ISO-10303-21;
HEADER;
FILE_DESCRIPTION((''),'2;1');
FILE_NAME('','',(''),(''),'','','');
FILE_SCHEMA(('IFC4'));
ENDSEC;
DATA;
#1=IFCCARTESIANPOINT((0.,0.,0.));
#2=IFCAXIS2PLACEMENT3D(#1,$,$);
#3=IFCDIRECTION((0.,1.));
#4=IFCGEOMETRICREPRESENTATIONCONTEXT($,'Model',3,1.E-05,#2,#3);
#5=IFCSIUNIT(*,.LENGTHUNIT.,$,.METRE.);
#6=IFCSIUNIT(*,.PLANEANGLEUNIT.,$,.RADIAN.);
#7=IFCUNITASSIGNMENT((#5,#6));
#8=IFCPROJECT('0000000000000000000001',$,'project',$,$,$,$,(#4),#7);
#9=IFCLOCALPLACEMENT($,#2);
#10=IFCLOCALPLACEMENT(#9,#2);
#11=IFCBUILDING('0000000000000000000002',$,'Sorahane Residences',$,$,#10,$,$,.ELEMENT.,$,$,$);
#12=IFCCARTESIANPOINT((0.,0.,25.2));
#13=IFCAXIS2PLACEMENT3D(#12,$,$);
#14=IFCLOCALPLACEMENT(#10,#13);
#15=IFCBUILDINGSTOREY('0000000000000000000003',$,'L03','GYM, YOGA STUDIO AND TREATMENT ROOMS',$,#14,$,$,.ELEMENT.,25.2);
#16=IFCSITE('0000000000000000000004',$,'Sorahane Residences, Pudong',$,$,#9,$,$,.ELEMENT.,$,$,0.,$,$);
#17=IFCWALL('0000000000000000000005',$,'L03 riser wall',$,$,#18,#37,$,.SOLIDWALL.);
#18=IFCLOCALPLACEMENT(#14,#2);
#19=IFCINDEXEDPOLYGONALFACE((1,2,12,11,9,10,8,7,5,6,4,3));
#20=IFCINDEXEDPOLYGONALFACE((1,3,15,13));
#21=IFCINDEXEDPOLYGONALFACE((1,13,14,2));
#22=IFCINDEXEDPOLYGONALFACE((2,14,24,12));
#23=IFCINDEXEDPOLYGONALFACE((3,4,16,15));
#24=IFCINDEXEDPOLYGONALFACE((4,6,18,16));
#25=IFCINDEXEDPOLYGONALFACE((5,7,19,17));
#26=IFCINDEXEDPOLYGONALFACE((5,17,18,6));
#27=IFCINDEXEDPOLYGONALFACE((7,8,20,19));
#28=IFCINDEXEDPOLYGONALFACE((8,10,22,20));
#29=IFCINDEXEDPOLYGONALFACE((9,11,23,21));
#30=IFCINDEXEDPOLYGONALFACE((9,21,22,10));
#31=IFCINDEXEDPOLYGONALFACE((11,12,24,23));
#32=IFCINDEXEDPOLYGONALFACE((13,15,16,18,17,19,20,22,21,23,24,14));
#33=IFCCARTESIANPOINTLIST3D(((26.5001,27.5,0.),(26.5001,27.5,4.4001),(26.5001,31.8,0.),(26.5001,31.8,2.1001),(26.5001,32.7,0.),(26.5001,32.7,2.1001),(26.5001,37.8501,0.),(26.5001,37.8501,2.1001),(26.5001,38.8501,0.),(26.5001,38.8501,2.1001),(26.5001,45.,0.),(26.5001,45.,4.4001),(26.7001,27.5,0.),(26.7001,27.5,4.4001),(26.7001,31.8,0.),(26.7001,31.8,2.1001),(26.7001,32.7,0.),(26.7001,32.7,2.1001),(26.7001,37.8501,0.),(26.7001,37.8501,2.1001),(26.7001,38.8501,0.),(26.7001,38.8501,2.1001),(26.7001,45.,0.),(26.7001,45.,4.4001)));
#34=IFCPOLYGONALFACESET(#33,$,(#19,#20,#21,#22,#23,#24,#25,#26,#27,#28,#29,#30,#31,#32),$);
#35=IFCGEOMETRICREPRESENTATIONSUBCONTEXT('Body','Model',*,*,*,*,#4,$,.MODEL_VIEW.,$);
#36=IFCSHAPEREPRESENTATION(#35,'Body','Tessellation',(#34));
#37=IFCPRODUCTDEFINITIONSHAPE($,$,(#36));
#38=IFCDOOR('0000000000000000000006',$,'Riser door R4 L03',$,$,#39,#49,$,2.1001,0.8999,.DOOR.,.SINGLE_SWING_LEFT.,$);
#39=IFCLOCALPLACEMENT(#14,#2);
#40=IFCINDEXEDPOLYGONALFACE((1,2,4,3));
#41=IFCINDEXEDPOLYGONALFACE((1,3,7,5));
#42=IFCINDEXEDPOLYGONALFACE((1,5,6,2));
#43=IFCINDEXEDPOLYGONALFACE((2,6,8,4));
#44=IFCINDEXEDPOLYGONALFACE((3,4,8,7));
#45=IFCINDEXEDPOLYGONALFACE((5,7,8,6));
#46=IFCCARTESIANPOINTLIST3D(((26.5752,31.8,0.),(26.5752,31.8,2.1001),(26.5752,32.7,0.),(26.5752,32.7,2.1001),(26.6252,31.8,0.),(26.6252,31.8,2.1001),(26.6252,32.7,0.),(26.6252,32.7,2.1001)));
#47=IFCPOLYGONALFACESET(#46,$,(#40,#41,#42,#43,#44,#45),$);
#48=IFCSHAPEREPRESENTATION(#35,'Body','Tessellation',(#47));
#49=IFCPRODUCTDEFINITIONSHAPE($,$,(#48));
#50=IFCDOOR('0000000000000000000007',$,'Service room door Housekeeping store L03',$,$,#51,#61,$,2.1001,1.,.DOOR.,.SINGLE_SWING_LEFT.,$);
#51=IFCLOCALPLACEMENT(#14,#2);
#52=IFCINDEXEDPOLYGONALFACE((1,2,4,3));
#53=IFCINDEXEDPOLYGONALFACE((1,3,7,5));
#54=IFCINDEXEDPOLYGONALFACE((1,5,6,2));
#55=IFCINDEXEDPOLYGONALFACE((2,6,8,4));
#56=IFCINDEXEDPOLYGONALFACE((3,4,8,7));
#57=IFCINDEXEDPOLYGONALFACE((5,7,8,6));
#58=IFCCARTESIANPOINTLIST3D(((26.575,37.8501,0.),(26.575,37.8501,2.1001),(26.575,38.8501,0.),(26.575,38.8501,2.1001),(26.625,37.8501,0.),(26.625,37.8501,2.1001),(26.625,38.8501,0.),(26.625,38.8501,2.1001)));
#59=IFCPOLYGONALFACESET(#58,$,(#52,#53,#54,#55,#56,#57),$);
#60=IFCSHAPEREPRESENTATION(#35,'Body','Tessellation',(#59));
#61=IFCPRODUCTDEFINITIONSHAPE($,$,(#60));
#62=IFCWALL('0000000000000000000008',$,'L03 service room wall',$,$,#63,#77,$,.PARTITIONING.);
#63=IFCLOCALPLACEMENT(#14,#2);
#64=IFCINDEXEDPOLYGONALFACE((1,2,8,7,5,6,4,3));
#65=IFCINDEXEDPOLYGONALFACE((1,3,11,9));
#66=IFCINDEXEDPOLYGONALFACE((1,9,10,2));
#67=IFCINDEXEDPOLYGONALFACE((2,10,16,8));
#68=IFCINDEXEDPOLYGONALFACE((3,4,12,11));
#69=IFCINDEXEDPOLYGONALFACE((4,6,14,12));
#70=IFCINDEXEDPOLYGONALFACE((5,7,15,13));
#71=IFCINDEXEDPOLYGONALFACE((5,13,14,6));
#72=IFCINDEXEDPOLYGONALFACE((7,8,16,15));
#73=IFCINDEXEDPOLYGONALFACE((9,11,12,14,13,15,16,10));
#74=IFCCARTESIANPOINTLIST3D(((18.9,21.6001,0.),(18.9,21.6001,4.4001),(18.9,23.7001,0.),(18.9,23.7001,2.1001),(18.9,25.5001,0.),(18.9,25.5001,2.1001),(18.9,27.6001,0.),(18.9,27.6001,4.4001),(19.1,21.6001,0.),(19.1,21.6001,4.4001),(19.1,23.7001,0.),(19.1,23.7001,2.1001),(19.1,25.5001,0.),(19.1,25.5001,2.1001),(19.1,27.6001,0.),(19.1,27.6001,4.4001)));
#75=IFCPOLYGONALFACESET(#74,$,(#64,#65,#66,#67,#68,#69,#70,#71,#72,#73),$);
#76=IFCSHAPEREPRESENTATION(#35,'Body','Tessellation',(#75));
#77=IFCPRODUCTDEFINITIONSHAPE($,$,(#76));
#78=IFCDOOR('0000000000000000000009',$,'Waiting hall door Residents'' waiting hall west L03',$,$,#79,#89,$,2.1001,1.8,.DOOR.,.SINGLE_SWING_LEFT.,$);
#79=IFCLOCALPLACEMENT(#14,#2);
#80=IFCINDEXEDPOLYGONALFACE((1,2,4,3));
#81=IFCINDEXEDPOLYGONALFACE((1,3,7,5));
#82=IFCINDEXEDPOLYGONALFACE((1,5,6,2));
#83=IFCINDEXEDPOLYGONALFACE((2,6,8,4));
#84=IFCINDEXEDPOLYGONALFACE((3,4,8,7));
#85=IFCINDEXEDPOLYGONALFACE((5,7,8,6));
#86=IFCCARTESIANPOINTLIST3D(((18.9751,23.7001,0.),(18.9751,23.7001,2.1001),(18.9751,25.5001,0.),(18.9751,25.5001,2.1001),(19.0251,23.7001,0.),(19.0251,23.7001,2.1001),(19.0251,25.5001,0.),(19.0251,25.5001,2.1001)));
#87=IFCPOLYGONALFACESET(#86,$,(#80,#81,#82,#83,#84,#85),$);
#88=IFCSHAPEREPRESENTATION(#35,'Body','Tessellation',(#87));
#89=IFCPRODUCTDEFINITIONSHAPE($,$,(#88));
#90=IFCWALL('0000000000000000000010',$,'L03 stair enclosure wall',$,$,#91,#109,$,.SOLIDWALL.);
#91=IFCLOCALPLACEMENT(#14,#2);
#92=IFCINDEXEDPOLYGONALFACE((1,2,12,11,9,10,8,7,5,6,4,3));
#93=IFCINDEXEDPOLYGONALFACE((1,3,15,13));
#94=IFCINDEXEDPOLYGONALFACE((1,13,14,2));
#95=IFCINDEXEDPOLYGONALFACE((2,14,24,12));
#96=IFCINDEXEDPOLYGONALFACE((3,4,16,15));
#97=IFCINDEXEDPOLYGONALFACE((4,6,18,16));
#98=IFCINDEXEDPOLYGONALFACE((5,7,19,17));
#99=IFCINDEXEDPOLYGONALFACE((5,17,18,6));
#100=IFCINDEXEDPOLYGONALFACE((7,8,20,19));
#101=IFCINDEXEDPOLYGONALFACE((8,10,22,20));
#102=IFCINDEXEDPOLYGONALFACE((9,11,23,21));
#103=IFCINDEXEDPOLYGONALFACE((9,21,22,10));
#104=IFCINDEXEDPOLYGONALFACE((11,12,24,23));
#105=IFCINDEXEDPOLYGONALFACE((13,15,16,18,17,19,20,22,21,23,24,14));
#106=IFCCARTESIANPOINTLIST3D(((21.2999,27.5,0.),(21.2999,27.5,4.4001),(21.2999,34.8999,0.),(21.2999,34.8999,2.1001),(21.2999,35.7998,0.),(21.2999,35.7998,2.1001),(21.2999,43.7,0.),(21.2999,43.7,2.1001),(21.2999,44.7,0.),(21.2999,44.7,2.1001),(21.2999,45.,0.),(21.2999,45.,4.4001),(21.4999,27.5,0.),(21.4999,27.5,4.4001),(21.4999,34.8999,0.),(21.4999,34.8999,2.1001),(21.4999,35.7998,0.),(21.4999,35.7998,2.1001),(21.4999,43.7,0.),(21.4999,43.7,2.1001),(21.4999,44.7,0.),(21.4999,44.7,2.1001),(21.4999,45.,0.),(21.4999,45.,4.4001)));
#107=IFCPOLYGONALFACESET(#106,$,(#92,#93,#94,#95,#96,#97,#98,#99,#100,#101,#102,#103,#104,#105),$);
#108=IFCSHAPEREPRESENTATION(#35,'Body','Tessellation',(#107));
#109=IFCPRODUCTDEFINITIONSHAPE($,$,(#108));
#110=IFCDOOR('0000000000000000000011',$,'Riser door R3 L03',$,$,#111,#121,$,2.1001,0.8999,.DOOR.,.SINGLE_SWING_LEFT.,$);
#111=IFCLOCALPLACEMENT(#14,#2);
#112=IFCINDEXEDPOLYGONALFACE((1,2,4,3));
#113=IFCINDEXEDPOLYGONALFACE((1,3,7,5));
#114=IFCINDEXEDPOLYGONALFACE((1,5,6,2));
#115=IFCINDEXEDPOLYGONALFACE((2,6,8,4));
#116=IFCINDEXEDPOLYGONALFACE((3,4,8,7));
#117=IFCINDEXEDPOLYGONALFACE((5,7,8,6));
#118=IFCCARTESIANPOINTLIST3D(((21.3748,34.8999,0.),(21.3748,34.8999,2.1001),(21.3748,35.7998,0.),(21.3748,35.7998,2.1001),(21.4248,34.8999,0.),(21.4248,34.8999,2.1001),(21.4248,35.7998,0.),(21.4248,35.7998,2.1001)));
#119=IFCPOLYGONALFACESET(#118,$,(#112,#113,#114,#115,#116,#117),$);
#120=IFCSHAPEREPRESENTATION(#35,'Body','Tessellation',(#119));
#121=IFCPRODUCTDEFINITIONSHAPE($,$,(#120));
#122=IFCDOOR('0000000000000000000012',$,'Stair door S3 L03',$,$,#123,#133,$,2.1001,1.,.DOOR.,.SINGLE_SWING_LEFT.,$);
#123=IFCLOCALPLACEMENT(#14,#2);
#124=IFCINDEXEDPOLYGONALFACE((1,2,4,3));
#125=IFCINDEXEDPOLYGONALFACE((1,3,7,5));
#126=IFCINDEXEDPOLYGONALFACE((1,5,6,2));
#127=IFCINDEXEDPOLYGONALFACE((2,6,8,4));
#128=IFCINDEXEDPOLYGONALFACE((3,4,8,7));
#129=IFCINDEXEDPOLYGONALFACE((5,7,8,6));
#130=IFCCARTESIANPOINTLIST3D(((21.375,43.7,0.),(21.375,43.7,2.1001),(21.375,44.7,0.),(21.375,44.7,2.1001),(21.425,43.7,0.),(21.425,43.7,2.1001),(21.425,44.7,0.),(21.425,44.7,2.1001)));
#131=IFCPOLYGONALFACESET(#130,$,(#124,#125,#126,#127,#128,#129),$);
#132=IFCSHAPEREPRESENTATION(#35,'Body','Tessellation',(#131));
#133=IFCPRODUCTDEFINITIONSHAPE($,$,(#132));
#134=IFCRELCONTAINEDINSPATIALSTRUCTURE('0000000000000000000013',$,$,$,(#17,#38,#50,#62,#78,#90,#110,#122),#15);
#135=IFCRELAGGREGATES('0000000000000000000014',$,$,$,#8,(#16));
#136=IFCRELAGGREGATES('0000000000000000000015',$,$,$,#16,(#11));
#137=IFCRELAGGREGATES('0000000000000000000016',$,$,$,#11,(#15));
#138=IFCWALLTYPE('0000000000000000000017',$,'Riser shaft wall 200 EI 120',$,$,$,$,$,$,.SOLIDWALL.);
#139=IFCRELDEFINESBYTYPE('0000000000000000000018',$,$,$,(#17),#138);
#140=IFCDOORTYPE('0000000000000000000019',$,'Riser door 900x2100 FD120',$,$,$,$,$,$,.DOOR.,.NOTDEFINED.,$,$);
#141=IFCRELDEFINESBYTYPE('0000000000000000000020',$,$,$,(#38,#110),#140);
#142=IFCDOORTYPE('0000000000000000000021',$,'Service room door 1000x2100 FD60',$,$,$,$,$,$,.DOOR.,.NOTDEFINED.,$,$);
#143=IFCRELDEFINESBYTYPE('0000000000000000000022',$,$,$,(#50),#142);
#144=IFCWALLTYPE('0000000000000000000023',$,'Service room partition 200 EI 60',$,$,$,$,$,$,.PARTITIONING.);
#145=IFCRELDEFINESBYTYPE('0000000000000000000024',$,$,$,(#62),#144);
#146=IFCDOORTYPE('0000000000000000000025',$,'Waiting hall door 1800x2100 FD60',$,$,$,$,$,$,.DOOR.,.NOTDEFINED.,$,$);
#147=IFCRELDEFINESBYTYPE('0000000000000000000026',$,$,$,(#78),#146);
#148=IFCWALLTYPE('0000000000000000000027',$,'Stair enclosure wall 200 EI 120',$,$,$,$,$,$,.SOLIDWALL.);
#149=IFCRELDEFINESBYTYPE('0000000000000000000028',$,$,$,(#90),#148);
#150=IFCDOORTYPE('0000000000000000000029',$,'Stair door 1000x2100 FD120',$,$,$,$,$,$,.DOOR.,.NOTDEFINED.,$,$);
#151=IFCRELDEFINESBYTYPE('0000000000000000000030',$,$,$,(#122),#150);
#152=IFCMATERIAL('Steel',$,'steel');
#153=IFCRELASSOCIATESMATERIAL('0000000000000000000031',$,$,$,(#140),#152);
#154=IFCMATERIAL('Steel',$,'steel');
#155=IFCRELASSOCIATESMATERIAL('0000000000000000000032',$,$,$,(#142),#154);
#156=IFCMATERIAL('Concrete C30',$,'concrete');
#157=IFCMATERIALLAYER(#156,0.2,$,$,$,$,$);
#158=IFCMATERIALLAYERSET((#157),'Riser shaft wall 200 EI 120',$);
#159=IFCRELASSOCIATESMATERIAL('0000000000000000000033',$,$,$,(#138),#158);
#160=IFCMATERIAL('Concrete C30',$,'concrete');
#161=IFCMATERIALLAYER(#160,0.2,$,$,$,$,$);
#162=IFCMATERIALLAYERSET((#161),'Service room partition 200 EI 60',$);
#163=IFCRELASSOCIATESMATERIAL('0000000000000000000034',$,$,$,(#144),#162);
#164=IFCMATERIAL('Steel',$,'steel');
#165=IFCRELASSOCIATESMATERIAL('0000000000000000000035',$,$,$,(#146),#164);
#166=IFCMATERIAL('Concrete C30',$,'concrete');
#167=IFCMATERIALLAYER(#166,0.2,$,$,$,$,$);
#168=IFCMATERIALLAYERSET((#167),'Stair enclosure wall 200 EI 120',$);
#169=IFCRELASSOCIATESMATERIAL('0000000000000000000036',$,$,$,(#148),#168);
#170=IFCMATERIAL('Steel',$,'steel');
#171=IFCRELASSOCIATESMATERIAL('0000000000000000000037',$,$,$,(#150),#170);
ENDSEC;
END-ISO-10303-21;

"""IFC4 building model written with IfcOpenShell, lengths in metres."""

from ifc_helpers import new_model, si_unit, direction, frame, frame_2d, origin, place, context, subcontext, project, spatial, rectangle, extrude, material, layer, layer_set, type_object, element, fill, save


model = new_model("IFC4")

# Units and contexts
model_context = context("Model", 3, precision=1e-05, world=origin(), true_north=direction((0.0, 1.0)))
body_context = subcontext(model_context, "Body", "Model", "MODEL_VIEW")
ifc_project = project(units=[si_unit("LENGTHUNIT", "METRE"), si_unit("PLANEANGLEUNIT", "RADIAN")], contexts=[model_context])

# Site, building, storey
site_placement = place(None, origin())
site = spatial("IfcSite", under=ifc_project, at=site_placement, Name="Sorahane Residences, Pudong", CompositionType="ELEMENT", RefElevation=0.0)
building_placement = place(site_placement, origin())
building = spatial("IfcBuilding", under=site, at=building_placement, Name="Sorahane Residences", CompositionType="ELEMENT")
storey_placement = place(building_placement, frame((0.0, 0.0, 25.2)))
storey = spatial("IfcBuildingStorey", under=building, at=storey_placement, Name="L03", Description="GYM, YOGA STUDIO AND TREATMENT ROOMS", CompositionType="ELEMENT", Elevation=25.2)

# Wall, openings, doors
ifc_material_1 = material(Name="Steel", Category="steel")
door_type_1 = type_object("IfcDoorType", Name="Riser door 900x2100 FD120", OperationType="NOTDEFINED", PredefinedType="DOOR", material=ifc_material_1)
ifc_material_2 = material(Name="Steel", Category="steel")
door_type_2 = type_object("IfcDoorType", Name="Service room door 1000x2100 FD60", OperationType="NOTDEFINED", PredefinedType="DOOR", material=ifc_material_2)
ifc_material_3 = material(Name="Concrete C30", Category="concrete")
ifc_layer_1 = layer(ifc_material_3, 0.2)
ifc_layer_set_1 = layer_set([ifc_layer_1], Name="Riser shaft wall 200 EI 120")
wall_type_1 = type_object("IfcWallType", Name="Riser shaft wall 200 EI 120", PredefinedType="SOLIDWALL", material=ifc_layer_set_1)
wall_1_placement = place(storey_placement, frame((26.6001, 27.5, 0.0), z_axis=(0.0, 0.0, 1.0), x_axis=(0.0, 1.0, 0.0)))
wall_1 = element("IfcWall", 1, at=wall_1_placement, inside=storey, type_object=wall_type_1, Name="L03 riser wall", PredefinedType="SOLIDWALL", context=body_context, shape_type="SweptSolid", body=[
    extrude(rectangle(XDim=17.5, YDim=0.2, at=frame_2d((8.75, 0.0))), origin(), (0.0, 0.0, 1.0), 4.4001),
])
opening_1_placement = place(wall_1_placement, frame((4.3, 0.0, 0.0)))
opening_1 = element("IfcOpeningElement", 2, at=opening_1_placement, cuts=wall_1, PredefinedType="OPENING", context=body_context, shape_type="SweptSolid", body=[
    extrude(rectangle(XDim=0.8999, YDim=2.1001, at=frame_2d((0.45, 1.05))), frame((0.0, 0.1099, 0.0), z_axis=(0.0, -1.0, 0.0), x_axis=(1.0, 0.0, 0.0)), (0.0, 0.0, 1.0), 0.22),
])
opening_2_placement = place(wall_1_placement, frame((10.3501, 0.0, 0.0)))
opening_2 = element("IfcOpeningElement", 3, at=opening_2_placement, cuts=wall_1, PredefinedType="OPENING", context=body_context, shape_type="SweptSolid", body=[
    extrude(rectangle(XDim=1.0, YDim=2.1001, at=frame_2d((0.5, 1.05))), frame((0.0, 0.1099, 0.0), z_axis=(0.0, -1.0, 0.0), x_axis=(1.0, 0.0, 0.0)), (0.0, 0.0, 1.0), 0.22),
])
door_1_placement = place(opening_1_placement, origin())
door_1 = element("IfcDoor", 4, at=door_1_placement, inside=storey, type_object=door_type_1, Name="Riser door R4 L03", OperationType="SINGLE_SWING_LEFT", OverallHeight=2.1001, OverallWidth=0.8999, PredefinedType="DOOR", context=body_context, shape_type="SweptSolid", body=[
    extrude(rectangle(XDim=0.8999, YDim=2.1001, at=frame_2d((0.45, 1.05))), frame((0.0, 0.0249, 0.0), z_axis=(0.0, -1.0, 0.0), x_axis=(1.0, 0.0, 0.0)), (0.0, 0.0, 1.0), 0.05),
])
fill(opening_1, door_1)
door_2_placement = place(opening_2_placement, frame((1.0, 0.0, 0.0), z_axis=(0.0, 0.0, 1.0), x_axis=(-1.0, 0.0, 0.0)))
door_2 = element("IfcDoor", 5, at=door_2_placement, inside=storey, type_object=door_type_2, Name="Service room door Housekeeping store L03", OperationType="SINGLE_SWING_LEFT", OverallHeight=2.1001, OverallWidth=1.0, PredefinedType="DOOR", context=body_context, shape_type="SweptSolid", body=[
    extrude(rectangle(XDim=1.0, YDim=2.1001, at=frame_2d((0.5, 1.05))), frame((0.0, 0.0249, 0.0), z_axis=(0.0, -1.0, 0.0), x_axis=(1.0, 0.0, 0.0)), (0.0, 0.0, 1.0), 0.05),
])
fill(opening_2, door_2)

# Wall, opening, door
ifc_material_4 = material(Name="Concrete C30", Category="concrete")
ifc_layer_2 = layer(ifc_material_4, 0.2)
ifc_layer_set_2 = layer_set([ifc_layer_2], Name="Service room partition 200 EI 60")
wall_type_2 = type_object("IfcWallType", Name="Service room partition 200 EI 60", PredefinedType="PARTITIONING", material=ifc_layer_set_2)
wall_2_placement = place(storey_placement, frame((19.0, 21.6001, 0.0), z_axis=(0.0, 0.0, 1.0), x_axis=(0.0, 1.0, 0.0)))
wall_2 = element("IfcWall", 6, at=wall_2_placement, inside=storey, type_object=wall_type_2, Name="L03 service room wall", PredefinedType="PARTITIONING", context=body_context, shape_type="SweptSolid", body=[
    extrude(rectangle(XDim=6.0, YDim=0.2, at=frame_2d((3.0, 0.0))), origin(), (0.0, 0.0, 1.0), 4.4001),
])
opening_3_placement = place(wall_2_placement, frame((2.1001, 0.0, 0.0)))
opening_3 = element("IfcOpeningElement", 7, at=opening_3_placement, cuts=wall_2, PredefinedType="OPENING", context=body_context, shape_type="SweptSolid", body=[
    extrude(rectangle(XDim=1.8, YDim=2.1001, at=frame_2d((0.8999, 1.05))), frame((0.0, 0.1099, 0.0), z_axis=(0.0, -1.0, 0.0), x_axis=(1.0, 0.0, 0.0)), (0.0, 0.0, 1.0), 0.22),
])
ifc_material_5 = material(Name="Steel", Category="steel")
door_type_3 = type_object("IfcDoorType", Name="Waiting hall door 1800x2100 FD60", OperationType="NOTDEFINED", PredefinedType="DOOR", material=ifc_material_5)
door_3_placement = place(opening_3_placement, origin())
door_3 = element("IfcDoor", 8, at=door_3_placement, inside=storey, type_object=door_type_3, Name="Waiting hall door Residents' waiting hall west L03", OperationType="SINGLE_SWING_LEFT", OverallHeight=2.1001, OverallWidth=1.8, PredefinedType="DOOR", context=body_context, shape_type="SweptSolid", body=[
    extrude(rectangle(XDim=1.8, YDim=2.1001, at=frame_2d((0.8999, 1.05))), frame((0.0, 0.0249, 0.0), z_axis=(0.0, -1.0, 0.0), x_axis=(1.0, 0.0, 0.0)), (0.0, 0.0, 1.0), 0.05),
])
fill(opening_3, door_3)

# Wall, openings, doors
ifc_material_6 = material(Name="Concrete C30", Category="concrete")
ifc_layer_3 = layer(ifc_material_6, 0.2)
ifc_layer_set_3 = layer_set([ifc_layer_3], Name="Stair enclosure wall 200 EI 120")
wall_type_3 = type_object("IfcWallType", Name="Stair enclosure wall 200 EI 120", PredefinedType="SOLIDWALL", material=ifc_layer_set_3)
wall_3_placement = place(storey_placement, frame((21.3999, 27.5, 0.0), z_axis=(0.0, 0.0, 1.0), x_axis=(0.0, 1.0, 0.0)))
wall_3 = element("IfcWall", 9, at=wall_3_placement, inside=storey, type_object=wall_type_3, Name="L03 stair enclosure wall", PredefinedType="SOLIDWALL", context=body_context, shape_type="SweptSolid", body=[
    extrude(rectangle(XDim=17.5, YDim=0.2, at=frame_2d((8.75, 0.0))), origin(), (0.0, 0.0, 1.0), 4.4001),
])
opening_4_placement = place(wall_3_placement, frame((16.2, 0.0, 0.0)))
opening_4 = element("IfcOpeningElement", 10, at=opening_4_placement, cuts=wall_3, PredefinedType="OPENING", context=body_context, shape_type="SweptSolid", body=[
    extrude(rectangle(XDim=1.0, YDim=2.1001, at=frame_2d((0.5, 1.05))), frame((0.0, 0.1099, 0.0), z_axis=(0.0, -1.0, 0.0), x_axis=(1.0, 0.0, 0.0)), (0.0, 0.0, 1.0), 0.22),
])
opening_5_placement = place(wall_3_placement, frame((7.3999, 0.0, 0.0)))
opening_5 = element("IfcOpeningElement", 11, at=opening_5_placement, cuts=wall_3, PredefinedType="OPENING", context=body_context, shape_type="SweptSolid", body=[
    extrude(rectangle(XDim=0.8999, YDim=2.1001, at=frame_2d((0.45, 1.05))), frame((0.0, 0.1099, 0.0), z_axis=(0.0, -1.0, 0.0), x_axis=(1.0, 0.0, 0.0)), (0.0, 0.0, 1.0), 0.22),
])
door_4_placement = place(opening_5_placement, frame((0.8999, 0.0, 0.0), z_axis=(0.0, 0.0, 1.0), x_axis=(-1.0, 0.0, 0.0)))
door_4 = element("IfcDoor", 12, at=door_4_placement, inside=storey, type_object=door_type_1, Name="Riser door R3 L03", OperationType="SINGLE_SWING_LEFT", OverallHeight=2.1001, OverallWidth=0.8999, PredefinedType="DOOR", context=body_context, shape_type="SweptSolid", body=[
    extrude(rectangle(XDim=0.8999, YDim=2.1001, at=frame_2d((0.45, 1.05))), frame((0.0, 0.0249, 0.0), z_axis=(0.0, -1.0, 0.0), x_axis=(1.0, 0.0, 0.0)), (0.0, 0.0, 1.0), 0.05),
])
fill(opening_5, door_4)
ifc_material_7 = material(Name="Steel", Category="steel")
door_type_4 = type_object("IfcDoorType", Name="Stair door 1000x2100 FD120", OperationType="NOTDEFINED", PredefinedType="DOOR", material=ifc_material_7)
door_5_placement = place(opening_4_placement, origin())
door_5 = element("IfcDoor", 13, at=door_5_placement, inside=storey, type_object=door_type_4, Name="Stair door S3 L03", OperationType="SINGLE_SWING_LEFT", OverallHeight=2.1001, OverallWidth=1.0, PredefinedType="DOOR", context=body_context, shape_type="SweptSolid", body=[
    extrude(rectangle(XDim=1.0, YDim=2.1001, at=frame_2d((0.5, 1.05))), frame((0.0, 0.0249, 0.0), z_axis=(0.0, -1.0, 0.0), x_axis=(1.0, 0.0, 0.0)), (0.0, 0.0, 1.0), 0.05),
])
fill(opening_4, door_5)

save(model, "model.ifc")
